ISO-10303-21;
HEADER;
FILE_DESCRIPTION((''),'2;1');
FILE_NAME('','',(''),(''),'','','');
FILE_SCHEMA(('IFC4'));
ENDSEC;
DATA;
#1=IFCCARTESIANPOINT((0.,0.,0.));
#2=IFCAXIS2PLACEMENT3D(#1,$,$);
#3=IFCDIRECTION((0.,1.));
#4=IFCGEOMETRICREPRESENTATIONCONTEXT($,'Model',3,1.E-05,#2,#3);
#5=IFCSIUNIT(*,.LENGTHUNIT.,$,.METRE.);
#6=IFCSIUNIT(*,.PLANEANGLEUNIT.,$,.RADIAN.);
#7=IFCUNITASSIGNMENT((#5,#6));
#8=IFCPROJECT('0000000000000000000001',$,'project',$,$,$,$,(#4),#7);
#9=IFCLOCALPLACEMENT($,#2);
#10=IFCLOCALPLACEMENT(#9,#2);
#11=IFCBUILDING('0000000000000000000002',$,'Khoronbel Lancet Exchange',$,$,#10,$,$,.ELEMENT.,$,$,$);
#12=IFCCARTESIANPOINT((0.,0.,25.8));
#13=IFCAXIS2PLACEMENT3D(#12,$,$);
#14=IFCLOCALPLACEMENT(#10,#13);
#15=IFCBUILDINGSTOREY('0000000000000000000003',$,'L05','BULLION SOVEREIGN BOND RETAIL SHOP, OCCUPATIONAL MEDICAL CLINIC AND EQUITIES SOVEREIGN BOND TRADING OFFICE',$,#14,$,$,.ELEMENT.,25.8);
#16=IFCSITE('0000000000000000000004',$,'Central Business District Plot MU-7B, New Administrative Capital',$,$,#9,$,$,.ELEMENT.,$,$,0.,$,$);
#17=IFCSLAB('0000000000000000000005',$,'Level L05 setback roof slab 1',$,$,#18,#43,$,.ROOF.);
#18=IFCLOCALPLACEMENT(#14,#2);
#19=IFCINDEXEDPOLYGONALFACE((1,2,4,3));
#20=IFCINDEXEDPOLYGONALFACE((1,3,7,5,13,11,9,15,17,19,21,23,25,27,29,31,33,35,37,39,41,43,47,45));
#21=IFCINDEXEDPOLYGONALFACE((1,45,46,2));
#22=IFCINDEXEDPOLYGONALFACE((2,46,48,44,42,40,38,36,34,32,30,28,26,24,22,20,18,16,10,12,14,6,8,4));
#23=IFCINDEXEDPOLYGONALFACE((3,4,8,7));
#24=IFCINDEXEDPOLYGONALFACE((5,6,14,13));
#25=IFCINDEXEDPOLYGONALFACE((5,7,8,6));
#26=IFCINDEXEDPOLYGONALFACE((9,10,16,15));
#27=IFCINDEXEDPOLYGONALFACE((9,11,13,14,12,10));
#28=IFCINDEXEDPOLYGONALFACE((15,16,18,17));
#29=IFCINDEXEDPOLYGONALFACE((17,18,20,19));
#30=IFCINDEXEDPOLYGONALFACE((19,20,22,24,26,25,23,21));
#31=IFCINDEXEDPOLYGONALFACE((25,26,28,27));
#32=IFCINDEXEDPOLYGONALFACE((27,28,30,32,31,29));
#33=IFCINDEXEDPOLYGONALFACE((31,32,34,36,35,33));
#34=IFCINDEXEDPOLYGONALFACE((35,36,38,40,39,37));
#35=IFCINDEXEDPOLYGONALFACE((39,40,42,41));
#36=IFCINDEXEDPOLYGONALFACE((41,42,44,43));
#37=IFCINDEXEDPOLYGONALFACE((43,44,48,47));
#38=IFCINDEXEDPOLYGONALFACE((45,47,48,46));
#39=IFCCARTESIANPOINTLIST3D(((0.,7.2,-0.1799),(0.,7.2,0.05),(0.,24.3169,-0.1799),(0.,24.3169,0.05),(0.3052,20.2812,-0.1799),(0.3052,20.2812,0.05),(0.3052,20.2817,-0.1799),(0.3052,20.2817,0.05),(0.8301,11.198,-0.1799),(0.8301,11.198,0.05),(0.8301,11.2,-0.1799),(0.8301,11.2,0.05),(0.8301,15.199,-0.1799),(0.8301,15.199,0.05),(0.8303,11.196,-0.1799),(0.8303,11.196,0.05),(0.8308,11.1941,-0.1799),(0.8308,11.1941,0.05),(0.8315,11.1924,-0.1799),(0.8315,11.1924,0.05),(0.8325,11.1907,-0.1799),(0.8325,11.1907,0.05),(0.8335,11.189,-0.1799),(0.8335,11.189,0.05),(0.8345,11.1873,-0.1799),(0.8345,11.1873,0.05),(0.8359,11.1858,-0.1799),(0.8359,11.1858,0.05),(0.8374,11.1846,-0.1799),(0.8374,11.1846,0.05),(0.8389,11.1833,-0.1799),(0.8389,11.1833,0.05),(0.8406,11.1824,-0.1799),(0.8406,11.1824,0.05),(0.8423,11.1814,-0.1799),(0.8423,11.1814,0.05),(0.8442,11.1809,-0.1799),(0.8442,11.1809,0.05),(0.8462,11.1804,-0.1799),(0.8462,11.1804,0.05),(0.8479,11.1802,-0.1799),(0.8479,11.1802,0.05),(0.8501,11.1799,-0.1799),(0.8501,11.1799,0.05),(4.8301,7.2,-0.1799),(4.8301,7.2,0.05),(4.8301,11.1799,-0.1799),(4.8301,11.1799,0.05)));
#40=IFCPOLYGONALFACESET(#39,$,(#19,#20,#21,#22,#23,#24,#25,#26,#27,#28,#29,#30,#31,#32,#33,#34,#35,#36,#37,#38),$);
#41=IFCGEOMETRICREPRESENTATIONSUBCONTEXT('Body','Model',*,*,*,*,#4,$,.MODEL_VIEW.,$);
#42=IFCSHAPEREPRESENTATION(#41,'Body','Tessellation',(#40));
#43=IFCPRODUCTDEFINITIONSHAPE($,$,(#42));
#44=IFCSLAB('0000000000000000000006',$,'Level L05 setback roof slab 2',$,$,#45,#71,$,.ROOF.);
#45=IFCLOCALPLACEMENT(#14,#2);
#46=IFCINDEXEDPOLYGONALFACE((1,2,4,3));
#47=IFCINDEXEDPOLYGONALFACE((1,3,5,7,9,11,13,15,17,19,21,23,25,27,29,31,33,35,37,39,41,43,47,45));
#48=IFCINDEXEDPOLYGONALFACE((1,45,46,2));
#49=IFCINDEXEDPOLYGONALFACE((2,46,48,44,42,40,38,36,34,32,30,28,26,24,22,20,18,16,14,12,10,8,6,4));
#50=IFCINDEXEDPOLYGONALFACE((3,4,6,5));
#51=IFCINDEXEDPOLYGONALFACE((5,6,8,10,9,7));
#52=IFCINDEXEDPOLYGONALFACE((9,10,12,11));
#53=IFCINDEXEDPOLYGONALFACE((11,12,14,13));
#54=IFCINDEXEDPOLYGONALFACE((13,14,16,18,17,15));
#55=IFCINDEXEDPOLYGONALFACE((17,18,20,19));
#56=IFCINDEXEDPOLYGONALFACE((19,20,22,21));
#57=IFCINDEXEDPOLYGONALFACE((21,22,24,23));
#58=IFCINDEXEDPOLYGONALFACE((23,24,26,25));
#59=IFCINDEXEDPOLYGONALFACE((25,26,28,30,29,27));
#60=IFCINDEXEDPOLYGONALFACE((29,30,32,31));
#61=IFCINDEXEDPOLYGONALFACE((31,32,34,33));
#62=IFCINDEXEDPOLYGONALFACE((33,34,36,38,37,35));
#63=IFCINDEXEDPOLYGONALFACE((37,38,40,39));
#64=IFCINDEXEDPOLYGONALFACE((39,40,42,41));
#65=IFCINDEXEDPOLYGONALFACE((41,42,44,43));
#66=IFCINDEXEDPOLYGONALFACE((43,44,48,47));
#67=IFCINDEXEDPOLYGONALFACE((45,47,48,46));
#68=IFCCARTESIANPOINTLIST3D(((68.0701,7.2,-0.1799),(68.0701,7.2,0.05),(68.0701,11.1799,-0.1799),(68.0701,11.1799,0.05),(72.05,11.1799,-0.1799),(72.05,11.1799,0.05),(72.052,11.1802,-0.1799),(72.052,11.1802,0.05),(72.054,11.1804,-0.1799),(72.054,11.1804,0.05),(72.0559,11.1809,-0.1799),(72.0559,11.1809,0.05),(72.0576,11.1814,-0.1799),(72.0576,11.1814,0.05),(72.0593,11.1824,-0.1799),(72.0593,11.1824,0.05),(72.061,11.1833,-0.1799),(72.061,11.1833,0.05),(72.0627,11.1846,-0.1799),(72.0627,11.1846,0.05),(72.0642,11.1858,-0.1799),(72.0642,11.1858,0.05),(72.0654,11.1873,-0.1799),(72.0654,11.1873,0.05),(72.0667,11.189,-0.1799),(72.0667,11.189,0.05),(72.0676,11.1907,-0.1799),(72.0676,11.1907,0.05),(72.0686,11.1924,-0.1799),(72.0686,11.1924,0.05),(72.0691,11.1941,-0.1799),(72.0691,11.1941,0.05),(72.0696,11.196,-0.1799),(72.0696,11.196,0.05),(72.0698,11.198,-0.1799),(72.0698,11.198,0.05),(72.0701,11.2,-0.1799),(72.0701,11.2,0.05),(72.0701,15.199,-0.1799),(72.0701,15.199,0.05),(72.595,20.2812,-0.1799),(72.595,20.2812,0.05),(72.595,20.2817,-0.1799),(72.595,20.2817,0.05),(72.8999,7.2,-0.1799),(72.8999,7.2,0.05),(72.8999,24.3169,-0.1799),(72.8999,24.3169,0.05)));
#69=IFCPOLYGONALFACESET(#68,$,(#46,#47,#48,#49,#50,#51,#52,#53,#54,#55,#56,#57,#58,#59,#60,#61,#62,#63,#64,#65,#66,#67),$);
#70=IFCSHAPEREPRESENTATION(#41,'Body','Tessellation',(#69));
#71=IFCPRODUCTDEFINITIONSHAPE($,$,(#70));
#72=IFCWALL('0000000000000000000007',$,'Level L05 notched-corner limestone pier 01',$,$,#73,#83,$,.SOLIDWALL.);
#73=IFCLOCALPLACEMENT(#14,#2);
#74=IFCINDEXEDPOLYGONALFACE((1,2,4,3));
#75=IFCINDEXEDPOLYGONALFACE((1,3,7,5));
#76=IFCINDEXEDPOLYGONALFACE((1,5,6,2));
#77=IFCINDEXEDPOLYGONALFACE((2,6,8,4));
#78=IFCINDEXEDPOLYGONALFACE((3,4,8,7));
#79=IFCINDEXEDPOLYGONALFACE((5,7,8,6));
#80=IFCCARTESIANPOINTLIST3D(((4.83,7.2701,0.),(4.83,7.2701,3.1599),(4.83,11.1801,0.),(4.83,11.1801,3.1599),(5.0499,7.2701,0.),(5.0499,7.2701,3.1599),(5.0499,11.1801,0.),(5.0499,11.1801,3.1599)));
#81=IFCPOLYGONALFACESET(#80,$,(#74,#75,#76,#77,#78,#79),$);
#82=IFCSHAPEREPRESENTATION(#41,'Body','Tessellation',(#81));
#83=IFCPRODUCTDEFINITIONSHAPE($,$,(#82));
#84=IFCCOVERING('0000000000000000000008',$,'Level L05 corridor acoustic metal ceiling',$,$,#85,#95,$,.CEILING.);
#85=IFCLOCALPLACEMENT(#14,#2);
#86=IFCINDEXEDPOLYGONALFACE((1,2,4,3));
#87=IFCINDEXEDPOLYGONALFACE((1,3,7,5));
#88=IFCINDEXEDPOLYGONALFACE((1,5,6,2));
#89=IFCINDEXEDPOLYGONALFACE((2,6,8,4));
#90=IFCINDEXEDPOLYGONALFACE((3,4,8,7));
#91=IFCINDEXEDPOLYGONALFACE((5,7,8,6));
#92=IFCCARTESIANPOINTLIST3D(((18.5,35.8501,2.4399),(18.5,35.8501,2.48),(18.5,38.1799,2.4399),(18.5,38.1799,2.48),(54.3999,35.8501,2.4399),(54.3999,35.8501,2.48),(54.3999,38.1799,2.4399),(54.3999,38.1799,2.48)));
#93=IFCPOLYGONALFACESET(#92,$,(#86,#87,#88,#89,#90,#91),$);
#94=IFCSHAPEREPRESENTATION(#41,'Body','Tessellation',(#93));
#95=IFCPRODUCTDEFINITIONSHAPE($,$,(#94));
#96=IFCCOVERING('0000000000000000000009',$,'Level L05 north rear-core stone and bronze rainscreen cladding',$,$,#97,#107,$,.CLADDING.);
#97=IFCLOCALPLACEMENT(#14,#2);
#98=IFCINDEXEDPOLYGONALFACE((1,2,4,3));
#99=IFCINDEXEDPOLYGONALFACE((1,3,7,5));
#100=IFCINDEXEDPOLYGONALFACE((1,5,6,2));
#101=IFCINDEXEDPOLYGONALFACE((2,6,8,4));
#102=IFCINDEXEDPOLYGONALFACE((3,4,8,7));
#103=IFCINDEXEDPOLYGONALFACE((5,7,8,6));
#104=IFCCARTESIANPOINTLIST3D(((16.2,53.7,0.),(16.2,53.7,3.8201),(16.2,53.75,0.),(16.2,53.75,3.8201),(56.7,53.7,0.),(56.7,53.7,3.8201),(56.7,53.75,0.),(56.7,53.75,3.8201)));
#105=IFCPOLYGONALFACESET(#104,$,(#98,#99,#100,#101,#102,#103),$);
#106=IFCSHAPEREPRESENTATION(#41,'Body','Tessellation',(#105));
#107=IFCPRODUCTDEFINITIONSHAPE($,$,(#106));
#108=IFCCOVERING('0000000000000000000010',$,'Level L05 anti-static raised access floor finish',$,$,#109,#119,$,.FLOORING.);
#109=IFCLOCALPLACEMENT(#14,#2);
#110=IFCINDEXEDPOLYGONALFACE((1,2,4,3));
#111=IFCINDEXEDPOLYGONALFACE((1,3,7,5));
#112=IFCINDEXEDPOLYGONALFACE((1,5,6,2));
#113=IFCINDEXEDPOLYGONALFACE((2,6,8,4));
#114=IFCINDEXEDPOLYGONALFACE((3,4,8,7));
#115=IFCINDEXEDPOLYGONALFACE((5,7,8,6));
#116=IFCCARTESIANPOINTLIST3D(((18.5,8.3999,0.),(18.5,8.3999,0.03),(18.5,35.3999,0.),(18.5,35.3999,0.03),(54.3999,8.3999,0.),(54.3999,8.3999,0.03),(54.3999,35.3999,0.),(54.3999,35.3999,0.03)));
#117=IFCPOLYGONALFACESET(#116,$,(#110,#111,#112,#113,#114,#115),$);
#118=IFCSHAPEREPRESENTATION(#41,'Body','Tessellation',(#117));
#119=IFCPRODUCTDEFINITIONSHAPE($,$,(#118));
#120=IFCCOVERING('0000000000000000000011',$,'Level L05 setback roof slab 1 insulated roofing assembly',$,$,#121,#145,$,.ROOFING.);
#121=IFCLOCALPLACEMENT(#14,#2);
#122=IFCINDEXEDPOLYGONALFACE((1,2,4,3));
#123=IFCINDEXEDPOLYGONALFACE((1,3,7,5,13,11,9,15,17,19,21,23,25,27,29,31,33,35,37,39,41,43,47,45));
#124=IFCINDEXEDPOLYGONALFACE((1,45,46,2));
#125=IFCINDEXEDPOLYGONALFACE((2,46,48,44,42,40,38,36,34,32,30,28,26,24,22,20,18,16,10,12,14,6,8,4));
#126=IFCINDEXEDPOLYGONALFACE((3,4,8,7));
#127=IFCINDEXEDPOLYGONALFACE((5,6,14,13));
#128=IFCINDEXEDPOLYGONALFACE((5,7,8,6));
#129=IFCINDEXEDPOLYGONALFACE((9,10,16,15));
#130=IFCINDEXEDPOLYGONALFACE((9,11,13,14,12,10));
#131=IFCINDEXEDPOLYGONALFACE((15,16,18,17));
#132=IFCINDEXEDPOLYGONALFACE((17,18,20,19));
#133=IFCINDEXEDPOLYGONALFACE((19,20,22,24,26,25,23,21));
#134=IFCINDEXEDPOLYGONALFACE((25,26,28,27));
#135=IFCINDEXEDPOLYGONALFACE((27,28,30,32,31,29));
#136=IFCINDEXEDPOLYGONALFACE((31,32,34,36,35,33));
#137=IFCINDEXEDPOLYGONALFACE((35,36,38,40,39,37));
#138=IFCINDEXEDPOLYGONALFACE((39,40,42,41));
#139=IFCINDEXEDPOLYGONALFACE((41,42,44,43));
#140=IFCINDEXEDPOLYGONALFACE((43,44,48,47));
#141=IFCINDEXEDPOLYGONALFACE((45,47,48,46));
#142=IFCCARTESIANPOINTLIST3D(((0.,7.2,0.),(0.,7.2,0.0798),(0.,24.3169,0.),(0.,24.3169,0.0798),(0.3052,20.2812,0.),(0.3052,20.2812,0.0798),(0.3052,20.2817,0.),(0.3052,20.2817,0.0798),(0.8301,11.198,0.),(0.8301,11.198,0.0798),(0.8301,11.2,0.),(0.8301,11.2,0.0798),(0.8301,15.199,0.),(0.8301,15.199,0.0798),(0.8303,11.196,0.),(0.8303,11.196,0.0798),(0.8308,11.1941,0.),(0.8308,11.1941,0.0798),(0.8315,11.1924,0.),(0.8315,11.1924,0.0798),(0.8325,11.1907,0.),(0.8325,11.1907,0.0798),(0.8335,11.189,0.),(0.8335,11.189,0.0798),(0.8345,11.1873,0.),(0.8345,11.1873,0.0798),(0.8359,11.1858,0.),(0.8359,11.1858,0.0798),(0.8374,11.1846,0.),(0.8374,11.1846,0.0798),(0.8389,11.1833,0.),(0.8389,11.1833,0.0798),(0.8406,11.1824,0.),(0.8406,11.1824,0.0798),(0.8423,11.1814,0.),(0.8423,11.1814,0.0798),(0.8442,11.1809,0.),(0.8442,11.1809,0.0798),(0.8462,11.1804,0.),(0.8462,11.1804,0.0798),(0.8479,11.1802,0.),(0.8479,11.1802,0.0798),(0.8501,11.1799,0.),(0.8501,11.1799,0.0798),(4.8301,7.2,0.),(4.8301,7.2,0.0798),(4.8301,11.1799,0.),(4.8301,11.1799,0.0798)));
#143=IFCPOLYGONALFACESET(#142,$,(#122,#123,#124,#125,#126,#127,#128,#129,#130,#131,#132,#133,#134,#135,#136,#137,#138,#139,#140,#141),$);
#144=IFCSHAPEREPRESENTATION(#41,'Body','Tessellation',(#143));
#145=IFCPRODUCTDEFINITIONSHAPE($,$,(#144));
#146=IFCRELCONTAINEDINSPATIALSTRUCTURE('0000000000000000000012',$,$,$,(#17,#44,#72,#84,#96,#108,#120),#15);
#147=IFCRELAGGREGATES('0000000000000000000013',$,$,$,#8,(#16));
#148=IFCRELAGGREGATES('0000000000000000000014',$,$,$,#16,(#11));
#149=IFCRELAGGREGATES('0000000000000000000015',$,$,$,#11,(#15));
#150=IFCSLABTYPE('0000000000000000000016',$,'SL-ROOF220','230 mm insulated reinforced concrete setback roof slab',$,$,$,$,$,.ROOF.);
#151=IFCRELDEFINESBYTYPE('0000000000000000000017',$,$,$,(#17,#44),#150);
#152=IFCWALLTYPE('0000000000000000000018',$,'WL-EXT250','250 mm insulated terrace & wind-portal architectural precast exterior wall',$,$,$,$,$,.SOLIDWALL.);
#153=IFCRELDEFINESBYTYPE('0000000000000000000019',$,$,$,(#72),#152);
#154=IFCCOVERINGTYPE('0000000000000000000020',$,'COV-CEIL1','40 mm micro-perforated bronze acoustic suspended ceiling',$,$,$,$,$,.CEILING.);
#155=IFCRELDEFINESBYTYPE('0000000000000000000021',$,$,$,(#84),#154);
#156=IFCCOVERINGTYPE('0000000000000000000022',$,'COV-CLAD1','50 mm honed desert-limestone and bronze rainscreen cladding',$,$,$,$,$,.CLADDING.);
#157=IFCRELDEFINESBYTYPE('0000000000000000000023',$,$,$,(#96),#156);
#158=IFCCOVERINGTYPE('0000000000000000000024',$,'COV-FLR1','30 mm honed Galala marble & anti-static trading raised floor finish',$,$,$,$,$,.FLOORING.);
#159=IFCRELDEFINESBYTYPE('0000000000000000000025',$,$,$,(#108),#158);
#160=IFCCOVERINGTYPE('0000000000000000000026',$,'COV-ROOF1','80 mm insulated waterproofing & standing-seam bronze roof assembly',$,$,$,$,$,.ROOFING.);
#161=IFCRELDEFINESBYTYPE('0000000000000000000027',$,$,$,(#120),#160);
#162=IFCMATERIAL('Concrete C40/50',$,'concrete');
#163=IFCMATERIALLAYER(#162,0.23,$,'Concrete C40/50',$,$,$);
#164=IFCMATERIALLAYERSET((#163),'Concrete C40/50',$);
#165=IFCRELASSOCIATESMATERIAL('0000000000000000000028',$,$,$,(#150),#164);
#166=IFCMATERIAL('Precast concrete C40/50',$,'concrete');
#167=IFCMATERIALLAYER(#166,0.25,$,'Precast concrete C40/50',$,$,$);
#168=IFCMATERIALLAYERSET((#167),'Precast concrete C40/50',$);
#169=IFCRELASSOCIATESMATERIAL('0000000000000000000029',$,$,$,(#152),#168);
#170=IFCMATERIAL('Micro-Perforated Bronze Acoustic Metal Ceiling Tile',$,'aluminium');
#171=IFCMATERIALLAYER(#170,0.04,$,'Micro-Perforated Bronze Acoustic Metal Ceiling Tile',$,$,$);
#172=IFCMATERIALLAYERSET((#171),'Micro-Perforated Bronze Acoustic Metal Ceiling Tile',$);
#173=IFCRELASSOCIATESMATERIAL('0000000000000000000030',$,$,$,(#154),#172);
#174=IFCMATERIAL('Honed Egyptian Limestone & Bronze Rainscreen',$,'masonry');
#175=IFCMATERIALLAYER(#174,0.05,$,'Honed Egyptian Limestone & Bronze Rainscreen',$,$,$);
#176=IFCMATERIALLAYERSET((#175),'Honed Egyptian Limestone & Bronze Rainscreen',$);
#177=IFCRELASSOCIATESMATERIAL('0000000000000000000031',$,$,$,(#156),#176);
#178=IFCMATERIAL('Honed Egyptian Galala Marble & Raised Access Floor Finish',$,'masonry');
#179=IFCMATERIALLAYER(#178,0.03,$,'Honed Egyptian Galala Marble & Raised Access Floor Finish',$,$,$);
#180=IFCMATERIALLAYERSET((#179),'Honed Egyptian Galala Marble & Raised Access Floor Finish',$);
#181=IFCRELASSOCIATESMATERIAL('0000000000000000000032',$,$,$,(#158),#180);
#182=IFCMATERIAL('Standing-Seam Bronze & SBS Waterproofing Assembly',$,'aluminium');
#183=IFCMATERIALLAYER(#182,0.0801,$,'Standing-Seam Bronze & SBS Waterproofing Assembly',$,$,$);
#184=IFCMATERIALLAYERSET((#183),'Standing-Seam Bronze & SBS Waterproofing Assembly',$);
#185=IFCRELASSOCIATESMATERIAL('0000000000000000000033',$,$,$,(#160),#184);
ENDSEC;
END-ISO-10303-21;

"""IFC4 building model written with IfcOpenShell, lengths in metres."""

from ifc_helpers import new_model, si_unit, direction, frame, frame_2d, origin, place, context, subcontext, project, spatial, polyline, rectangle, outline, extrude, material, layer, layer_set, type_object, element, save


model = new_model("IFC4")

# Units and contexts
model_context = context("Model", 3, precision=1e-05, world=origin(), true_north=direction((0.0, 1.0)))
body_context = subcontext(model_context, "Body", "Model", "MODEL_VIEW")
ifc_project = project(units=[si_unit("LENGTHUNIT", "METRE"), si_unit("PLANEANGLEUNIT", "RADIAN")], contexts=[model_context])

# Site, building, storey
site_placement = place(None, origin())
site = spatial("IfcSite", under=ifc_project, at=site_placement, Name="Central Business District Plot MU-7B, New Administrative Capital", CompositionType="ELEMENT", RefElevation=0.0)
building_placement = place(site_placement, origin())
building = spatial("IfcBuilding", under=site, at=building_placement, Name="Khoronbel Lancet Exchange", CompositionType="ELEMENT")
storey_placement = place(building_placement, frame((0.0, 0.0, 25.8)))
storey = spatial("IfcBuildingStorey", under=building, at=storey_placement, Name="L05", Description="BULLION SOVEREIGN BOND RETAIL SHOP, OCCUPATIONAL MEDICAL CLINIC AND EQUITIES SOVEREIGN BOND TRADING OFFICE", CompositionType="ELEMENT", Elevation=25.8)

# Shared definitions
ifc_material_1 = material(Name="Concrete C40/50", Category="concrete")

# Slabs
ifc_layer_1 = layer(ifc_material_1, 0.23, Name="Concrete C40/50")
ifc_layer_set_1 = layer_set([ifc_layer_1], Name="Concrete C40/50")
slab_type_1 = type_object("IfcSlabType", Name="SL-ROOF220", Description="230 mm insulated reinforced concrete setback roof slab", PredefinedType="ROOF", material=ifc_layer_set_1)
slab_1_placement = place(storey_placement, frame((0.0, 0.0, -0.1799)))
element("IfcSlab", 1, at=slab_1_placement, inside=storey, type_object=slab_type_1, Name="Level L05 setback roof slab 1", PredefinedType="ROOF", context=body_context, shape_type="SweptSolid", body=[
    extrude(outline(polyline([(0.0, 24.3169), (0.3052, 20.2817), (0.3052, 20.2812), (0.8301, 15.199), (0.8301, 11.2), (0.8301, 11.198), (0.8303, 11.196), (0.8308, 11.1941), (0.8315, 11.1924), (0.8325, 11.1907), (0.8335, 11.189), (0.8345, 11.1873), (0.8359, 11.1858), (0.8374, 11.1846), (0.8389, 11.1833), (0.8406, 11.1824), (0.8423, 11.1814), (0.8442, 11.1809), (0.8462, 11.1804), (0.8479, 11.1802), (0.8501, 11.1799), (4.8301, 11.1799), (4.8301, 7.2), (0.0, 7.2), (0.0, 24.3169)])), origin(), (0.0, 0.0, 1.0), 0.23),
])
slab_2_placement = place(storey_placement, frame((0.0, 0.0, -0.1799)))
element("IfcSlab", 2, at=slab_2_placement, inside=storey, type_object=slab_type_1, Name="Level L05 setback roof slab 2", PredefinedType="ROOF", context=body_context, shape_type="SweptSolid", body=[
    extrude(outline(polyline([(68.0701, 7.2), (68.0701, 11.1799), (72.05, 11.1799), (72.052, 11.1802), (72.054, 11.1804), (72.0559, 11.1809), (72.0576, 11.1814), (72.0593, 11.1824), (72.061, 11.1833), (72.0627, 11.1846), (72.0642, 11.1858), (72.0654, 11.1873), (72.0667, 11.189), (72.0676, 11.1907), (72.0686, 11.1924), (72.0691, 11.1941), (72.0696, 11.196), (72.0698, 11.198), (72.0701, 11.2), (72.0701, 15.199), (72.595, 20.2812), (72.595, 20.2817), (72.8999, 24.3169), (72.8999, 7.2), (68.0701, 7.2)])), origin(), (0.0, 0.0, 1.0), 0.23),
])

# Wall
ifc_material_2 = material(Name="Precast concrete C40/50", Category="concrete")
ifc_layer_2 = layer(ifc_material_2, 0.25, Name="Precast concrete C40/50")
ifc_layer_set_2 = layer_set([ifc_layer_2], Name="Precast concrete C40/50")
wall_type = type_object("IfcWallType", Name="WL-EXT250", Description="250 mm insulated terrace & wind-portal architectural precast exterior wall", PredefinedType="SOLIDWALL", material=ifc_layer_set_2)
wall_placement = place(storey_placement, frame((4.9399, 7.27, 0.0), z_axis=(0.0, 0.0, 1.0), x_axis=(0.0, 1.0, 0.0)))
element("IfcWall", 3, at=wall_placement, inside=storey, type_object=wall_type, Name="Level L05 notched-corner limestone pier 01", PredefinedType="SOLIDWALL", context=body_context, shape_type="SweptSolid", body=[
    extrude(rectangle(XDim=3.9099, YDim=0.22, at=frame_2d((1.9551, 0.0))), origin(), (0.0, 0.0, 1.0), 3.1599),
])

# Coverings
ifc_material_3 = material(Name="Micro-Perforated Bronze Acoustic Metal Ceiling Tile", Category="aluminium")
ifc_layer_3 = layer(ifc_material_3, 0.04, Name="Micro-Perforated Bronze Acoustic Metal Ceiling Tile")
ifc_layer_set_3 = layer_set([ifc_layer_3], Name="Micro-Perforated Bronze Acoustic Metal Ceiling Tile")
covering_type_1 = type_object("IfcCoveringType", Name="COV-CEIL1", Description="40 mm micro-perforated bronze acoustic suspended ceiling", PredefinedType="CEILING", material=ifc_layer_set_3)
covering_1_placement = place(storey_placement, frame((0.0, 0.0, 2.4399)))
element("IfcCovering", 4, at=covering_1_placement, inside=storey, type_object=covering_type_1, Name="Level L05 corridor acoustic metal ceiling", PredefinedType="CEILING", context=body_context, shape_type="SweptSolid", body=[
    extrude(outline(polyline([(18.5, 35.8501), (54.3999, 35.8501), (54.3999, 38.1799), (18.5, 38.1799), (18.5, 35.8501)])), origin(), (0.0, 0.0, 1.0), 0.04),
])
ifc_material_4 = material(Name="Honed Egyptian Limestone & Bronze Rainscreen", Category="masonry")
ifc_layer_4 = layer(ifc_material_4, 0.05, Name="Honed Egyptian Limestone & Bronze Rainscreen")
ifc_layer_set_4 = layer_set([ifc_layer_4], Name="Honed Egyptian Limestone & Bronze Rainscreen")
covering_type_2 = type_object("IfcCoveringType", Name="COV-CLAD1", Description="50 mm honed desert-limestone and bronze rainscreen cladding", PredefinedType="CLADDING", material=ifc_layer_set_4)
covering_2_placement = place(storey_placement, origin())
element("IfcCovering", 5, at=covering_2_placement, inside=storey, type_object=covering_type_2, Name="Level L05 north rear-core stone and bronze rainscreen cladding", PredefinedType="CLADDING", context=body_context, shape_type="SweptSolid", body=[
    extrude(outline(polyline([(16.2, 53.7), (56.7, 53.7), (56.7, 53.75), (16.2, 53.75), (16.2, 53.7)])), origin(), (0.0, 0.0, 1.0), 3.8201),
])
ifc_material_5 = material(Name="Honed Egyptian Galala Marble & Raised Access Floor Finish", Category="masonry")
ifc_layer_5 = layer(ifc_material_5, 0.03, Name="Honed Egyptian Galala Marble & Raised Access Floor Finish")
ifc_layer_set_5 = layer_set([ifc_layer_5], Name="Honed Egyptian Galala Marble & Raised Access Floor Finish")
covering_type_3 = type_object("IfcCoveringType", Name="COV-FLR1", Description="30 mm honed Galala marble & anti-static trading raised floor finish", PredefinedType="FLOORING", material=ifc_layer_set_5)
covering_3_placement = place(storey_placement, origin())
element("IfcCovering", 6, at=covering_3_placement, inside=storey, type_object=covering_type_3, Name="Level L05 anti-static raised access floor finish", PredefinedType="FLOORING", context=body_context, shape_type="SweptSolid", body=[
    extrude(outline(polyline([(18.5, 8.3999), (54.3999, 8.3999), (54.3999, 35.3999), (18.5, 35.3999), (18.5, 8.3999)])), origin(), (0.0, 0.0, 1.0), 0.03),
])
ifc_material_6 = material(Name="Standing-Seam Bronze & SBS Waterproofing Assembly", Category="aluminium")
ifc_layer_6 = layer(ifc_material_6, 0.0801, Name="Standing-Seam Bronze & SBS Waterproofing Assembly")
ifc_layer_set_6 = layer_set([ifc_layer_6], Name="Standing-Seam Bronze & SBS Waterproofing Assembly")
covering_type_4 = type_object("IfcCoveringType", Name="COV-ROOF1", Description="80 mm insulated waterproofing & standing-seam bronze roof assembly", PredefinedType="ROOFING", material=ifc_layer_set_6)
covering_4_placement = place(storey_placement, origin())
element("IfcCovering", 7, at=covering_4_placement, inside=storey, type_object=covering_type_4, Name="Level L05 setback roof slab 1 insulated roofing assembly", PredefinedType="ROOFING", context=body_context, shape_type="SweptSolid", body=[
    extrude(outline(polyline([(0.0, 24.3169), (0.3052, 20.2817), (0.3052, 20.2812), (0.8301, 15.199), (0.8301, 11.2), (0.8301, 11.198), (0.8303, 11.196), (0.8308, 11.1941), (0.8315, 11.1924), (0.8325, 11.1907), (0.8335, 11.189), (0.8345, 11.1873), (0.8359, 11.1858), (0.8374, 11.1846), (0.8389, 11.1833), (0.8406, 11.1824), (0.8423, 11.1814), (0.8442, 11.1809), (0.8462, 11.1804), (0.8479, 11.1802), (0.8501, 11.1799), (4.8301, 11.1799), (4.8301, 7.2), (0.0, 7.2), (0.0, 24.3169)])), origin(), (0.0, 0.0, 1.0), 0.0798),
])

save(model, "model.ifc")
